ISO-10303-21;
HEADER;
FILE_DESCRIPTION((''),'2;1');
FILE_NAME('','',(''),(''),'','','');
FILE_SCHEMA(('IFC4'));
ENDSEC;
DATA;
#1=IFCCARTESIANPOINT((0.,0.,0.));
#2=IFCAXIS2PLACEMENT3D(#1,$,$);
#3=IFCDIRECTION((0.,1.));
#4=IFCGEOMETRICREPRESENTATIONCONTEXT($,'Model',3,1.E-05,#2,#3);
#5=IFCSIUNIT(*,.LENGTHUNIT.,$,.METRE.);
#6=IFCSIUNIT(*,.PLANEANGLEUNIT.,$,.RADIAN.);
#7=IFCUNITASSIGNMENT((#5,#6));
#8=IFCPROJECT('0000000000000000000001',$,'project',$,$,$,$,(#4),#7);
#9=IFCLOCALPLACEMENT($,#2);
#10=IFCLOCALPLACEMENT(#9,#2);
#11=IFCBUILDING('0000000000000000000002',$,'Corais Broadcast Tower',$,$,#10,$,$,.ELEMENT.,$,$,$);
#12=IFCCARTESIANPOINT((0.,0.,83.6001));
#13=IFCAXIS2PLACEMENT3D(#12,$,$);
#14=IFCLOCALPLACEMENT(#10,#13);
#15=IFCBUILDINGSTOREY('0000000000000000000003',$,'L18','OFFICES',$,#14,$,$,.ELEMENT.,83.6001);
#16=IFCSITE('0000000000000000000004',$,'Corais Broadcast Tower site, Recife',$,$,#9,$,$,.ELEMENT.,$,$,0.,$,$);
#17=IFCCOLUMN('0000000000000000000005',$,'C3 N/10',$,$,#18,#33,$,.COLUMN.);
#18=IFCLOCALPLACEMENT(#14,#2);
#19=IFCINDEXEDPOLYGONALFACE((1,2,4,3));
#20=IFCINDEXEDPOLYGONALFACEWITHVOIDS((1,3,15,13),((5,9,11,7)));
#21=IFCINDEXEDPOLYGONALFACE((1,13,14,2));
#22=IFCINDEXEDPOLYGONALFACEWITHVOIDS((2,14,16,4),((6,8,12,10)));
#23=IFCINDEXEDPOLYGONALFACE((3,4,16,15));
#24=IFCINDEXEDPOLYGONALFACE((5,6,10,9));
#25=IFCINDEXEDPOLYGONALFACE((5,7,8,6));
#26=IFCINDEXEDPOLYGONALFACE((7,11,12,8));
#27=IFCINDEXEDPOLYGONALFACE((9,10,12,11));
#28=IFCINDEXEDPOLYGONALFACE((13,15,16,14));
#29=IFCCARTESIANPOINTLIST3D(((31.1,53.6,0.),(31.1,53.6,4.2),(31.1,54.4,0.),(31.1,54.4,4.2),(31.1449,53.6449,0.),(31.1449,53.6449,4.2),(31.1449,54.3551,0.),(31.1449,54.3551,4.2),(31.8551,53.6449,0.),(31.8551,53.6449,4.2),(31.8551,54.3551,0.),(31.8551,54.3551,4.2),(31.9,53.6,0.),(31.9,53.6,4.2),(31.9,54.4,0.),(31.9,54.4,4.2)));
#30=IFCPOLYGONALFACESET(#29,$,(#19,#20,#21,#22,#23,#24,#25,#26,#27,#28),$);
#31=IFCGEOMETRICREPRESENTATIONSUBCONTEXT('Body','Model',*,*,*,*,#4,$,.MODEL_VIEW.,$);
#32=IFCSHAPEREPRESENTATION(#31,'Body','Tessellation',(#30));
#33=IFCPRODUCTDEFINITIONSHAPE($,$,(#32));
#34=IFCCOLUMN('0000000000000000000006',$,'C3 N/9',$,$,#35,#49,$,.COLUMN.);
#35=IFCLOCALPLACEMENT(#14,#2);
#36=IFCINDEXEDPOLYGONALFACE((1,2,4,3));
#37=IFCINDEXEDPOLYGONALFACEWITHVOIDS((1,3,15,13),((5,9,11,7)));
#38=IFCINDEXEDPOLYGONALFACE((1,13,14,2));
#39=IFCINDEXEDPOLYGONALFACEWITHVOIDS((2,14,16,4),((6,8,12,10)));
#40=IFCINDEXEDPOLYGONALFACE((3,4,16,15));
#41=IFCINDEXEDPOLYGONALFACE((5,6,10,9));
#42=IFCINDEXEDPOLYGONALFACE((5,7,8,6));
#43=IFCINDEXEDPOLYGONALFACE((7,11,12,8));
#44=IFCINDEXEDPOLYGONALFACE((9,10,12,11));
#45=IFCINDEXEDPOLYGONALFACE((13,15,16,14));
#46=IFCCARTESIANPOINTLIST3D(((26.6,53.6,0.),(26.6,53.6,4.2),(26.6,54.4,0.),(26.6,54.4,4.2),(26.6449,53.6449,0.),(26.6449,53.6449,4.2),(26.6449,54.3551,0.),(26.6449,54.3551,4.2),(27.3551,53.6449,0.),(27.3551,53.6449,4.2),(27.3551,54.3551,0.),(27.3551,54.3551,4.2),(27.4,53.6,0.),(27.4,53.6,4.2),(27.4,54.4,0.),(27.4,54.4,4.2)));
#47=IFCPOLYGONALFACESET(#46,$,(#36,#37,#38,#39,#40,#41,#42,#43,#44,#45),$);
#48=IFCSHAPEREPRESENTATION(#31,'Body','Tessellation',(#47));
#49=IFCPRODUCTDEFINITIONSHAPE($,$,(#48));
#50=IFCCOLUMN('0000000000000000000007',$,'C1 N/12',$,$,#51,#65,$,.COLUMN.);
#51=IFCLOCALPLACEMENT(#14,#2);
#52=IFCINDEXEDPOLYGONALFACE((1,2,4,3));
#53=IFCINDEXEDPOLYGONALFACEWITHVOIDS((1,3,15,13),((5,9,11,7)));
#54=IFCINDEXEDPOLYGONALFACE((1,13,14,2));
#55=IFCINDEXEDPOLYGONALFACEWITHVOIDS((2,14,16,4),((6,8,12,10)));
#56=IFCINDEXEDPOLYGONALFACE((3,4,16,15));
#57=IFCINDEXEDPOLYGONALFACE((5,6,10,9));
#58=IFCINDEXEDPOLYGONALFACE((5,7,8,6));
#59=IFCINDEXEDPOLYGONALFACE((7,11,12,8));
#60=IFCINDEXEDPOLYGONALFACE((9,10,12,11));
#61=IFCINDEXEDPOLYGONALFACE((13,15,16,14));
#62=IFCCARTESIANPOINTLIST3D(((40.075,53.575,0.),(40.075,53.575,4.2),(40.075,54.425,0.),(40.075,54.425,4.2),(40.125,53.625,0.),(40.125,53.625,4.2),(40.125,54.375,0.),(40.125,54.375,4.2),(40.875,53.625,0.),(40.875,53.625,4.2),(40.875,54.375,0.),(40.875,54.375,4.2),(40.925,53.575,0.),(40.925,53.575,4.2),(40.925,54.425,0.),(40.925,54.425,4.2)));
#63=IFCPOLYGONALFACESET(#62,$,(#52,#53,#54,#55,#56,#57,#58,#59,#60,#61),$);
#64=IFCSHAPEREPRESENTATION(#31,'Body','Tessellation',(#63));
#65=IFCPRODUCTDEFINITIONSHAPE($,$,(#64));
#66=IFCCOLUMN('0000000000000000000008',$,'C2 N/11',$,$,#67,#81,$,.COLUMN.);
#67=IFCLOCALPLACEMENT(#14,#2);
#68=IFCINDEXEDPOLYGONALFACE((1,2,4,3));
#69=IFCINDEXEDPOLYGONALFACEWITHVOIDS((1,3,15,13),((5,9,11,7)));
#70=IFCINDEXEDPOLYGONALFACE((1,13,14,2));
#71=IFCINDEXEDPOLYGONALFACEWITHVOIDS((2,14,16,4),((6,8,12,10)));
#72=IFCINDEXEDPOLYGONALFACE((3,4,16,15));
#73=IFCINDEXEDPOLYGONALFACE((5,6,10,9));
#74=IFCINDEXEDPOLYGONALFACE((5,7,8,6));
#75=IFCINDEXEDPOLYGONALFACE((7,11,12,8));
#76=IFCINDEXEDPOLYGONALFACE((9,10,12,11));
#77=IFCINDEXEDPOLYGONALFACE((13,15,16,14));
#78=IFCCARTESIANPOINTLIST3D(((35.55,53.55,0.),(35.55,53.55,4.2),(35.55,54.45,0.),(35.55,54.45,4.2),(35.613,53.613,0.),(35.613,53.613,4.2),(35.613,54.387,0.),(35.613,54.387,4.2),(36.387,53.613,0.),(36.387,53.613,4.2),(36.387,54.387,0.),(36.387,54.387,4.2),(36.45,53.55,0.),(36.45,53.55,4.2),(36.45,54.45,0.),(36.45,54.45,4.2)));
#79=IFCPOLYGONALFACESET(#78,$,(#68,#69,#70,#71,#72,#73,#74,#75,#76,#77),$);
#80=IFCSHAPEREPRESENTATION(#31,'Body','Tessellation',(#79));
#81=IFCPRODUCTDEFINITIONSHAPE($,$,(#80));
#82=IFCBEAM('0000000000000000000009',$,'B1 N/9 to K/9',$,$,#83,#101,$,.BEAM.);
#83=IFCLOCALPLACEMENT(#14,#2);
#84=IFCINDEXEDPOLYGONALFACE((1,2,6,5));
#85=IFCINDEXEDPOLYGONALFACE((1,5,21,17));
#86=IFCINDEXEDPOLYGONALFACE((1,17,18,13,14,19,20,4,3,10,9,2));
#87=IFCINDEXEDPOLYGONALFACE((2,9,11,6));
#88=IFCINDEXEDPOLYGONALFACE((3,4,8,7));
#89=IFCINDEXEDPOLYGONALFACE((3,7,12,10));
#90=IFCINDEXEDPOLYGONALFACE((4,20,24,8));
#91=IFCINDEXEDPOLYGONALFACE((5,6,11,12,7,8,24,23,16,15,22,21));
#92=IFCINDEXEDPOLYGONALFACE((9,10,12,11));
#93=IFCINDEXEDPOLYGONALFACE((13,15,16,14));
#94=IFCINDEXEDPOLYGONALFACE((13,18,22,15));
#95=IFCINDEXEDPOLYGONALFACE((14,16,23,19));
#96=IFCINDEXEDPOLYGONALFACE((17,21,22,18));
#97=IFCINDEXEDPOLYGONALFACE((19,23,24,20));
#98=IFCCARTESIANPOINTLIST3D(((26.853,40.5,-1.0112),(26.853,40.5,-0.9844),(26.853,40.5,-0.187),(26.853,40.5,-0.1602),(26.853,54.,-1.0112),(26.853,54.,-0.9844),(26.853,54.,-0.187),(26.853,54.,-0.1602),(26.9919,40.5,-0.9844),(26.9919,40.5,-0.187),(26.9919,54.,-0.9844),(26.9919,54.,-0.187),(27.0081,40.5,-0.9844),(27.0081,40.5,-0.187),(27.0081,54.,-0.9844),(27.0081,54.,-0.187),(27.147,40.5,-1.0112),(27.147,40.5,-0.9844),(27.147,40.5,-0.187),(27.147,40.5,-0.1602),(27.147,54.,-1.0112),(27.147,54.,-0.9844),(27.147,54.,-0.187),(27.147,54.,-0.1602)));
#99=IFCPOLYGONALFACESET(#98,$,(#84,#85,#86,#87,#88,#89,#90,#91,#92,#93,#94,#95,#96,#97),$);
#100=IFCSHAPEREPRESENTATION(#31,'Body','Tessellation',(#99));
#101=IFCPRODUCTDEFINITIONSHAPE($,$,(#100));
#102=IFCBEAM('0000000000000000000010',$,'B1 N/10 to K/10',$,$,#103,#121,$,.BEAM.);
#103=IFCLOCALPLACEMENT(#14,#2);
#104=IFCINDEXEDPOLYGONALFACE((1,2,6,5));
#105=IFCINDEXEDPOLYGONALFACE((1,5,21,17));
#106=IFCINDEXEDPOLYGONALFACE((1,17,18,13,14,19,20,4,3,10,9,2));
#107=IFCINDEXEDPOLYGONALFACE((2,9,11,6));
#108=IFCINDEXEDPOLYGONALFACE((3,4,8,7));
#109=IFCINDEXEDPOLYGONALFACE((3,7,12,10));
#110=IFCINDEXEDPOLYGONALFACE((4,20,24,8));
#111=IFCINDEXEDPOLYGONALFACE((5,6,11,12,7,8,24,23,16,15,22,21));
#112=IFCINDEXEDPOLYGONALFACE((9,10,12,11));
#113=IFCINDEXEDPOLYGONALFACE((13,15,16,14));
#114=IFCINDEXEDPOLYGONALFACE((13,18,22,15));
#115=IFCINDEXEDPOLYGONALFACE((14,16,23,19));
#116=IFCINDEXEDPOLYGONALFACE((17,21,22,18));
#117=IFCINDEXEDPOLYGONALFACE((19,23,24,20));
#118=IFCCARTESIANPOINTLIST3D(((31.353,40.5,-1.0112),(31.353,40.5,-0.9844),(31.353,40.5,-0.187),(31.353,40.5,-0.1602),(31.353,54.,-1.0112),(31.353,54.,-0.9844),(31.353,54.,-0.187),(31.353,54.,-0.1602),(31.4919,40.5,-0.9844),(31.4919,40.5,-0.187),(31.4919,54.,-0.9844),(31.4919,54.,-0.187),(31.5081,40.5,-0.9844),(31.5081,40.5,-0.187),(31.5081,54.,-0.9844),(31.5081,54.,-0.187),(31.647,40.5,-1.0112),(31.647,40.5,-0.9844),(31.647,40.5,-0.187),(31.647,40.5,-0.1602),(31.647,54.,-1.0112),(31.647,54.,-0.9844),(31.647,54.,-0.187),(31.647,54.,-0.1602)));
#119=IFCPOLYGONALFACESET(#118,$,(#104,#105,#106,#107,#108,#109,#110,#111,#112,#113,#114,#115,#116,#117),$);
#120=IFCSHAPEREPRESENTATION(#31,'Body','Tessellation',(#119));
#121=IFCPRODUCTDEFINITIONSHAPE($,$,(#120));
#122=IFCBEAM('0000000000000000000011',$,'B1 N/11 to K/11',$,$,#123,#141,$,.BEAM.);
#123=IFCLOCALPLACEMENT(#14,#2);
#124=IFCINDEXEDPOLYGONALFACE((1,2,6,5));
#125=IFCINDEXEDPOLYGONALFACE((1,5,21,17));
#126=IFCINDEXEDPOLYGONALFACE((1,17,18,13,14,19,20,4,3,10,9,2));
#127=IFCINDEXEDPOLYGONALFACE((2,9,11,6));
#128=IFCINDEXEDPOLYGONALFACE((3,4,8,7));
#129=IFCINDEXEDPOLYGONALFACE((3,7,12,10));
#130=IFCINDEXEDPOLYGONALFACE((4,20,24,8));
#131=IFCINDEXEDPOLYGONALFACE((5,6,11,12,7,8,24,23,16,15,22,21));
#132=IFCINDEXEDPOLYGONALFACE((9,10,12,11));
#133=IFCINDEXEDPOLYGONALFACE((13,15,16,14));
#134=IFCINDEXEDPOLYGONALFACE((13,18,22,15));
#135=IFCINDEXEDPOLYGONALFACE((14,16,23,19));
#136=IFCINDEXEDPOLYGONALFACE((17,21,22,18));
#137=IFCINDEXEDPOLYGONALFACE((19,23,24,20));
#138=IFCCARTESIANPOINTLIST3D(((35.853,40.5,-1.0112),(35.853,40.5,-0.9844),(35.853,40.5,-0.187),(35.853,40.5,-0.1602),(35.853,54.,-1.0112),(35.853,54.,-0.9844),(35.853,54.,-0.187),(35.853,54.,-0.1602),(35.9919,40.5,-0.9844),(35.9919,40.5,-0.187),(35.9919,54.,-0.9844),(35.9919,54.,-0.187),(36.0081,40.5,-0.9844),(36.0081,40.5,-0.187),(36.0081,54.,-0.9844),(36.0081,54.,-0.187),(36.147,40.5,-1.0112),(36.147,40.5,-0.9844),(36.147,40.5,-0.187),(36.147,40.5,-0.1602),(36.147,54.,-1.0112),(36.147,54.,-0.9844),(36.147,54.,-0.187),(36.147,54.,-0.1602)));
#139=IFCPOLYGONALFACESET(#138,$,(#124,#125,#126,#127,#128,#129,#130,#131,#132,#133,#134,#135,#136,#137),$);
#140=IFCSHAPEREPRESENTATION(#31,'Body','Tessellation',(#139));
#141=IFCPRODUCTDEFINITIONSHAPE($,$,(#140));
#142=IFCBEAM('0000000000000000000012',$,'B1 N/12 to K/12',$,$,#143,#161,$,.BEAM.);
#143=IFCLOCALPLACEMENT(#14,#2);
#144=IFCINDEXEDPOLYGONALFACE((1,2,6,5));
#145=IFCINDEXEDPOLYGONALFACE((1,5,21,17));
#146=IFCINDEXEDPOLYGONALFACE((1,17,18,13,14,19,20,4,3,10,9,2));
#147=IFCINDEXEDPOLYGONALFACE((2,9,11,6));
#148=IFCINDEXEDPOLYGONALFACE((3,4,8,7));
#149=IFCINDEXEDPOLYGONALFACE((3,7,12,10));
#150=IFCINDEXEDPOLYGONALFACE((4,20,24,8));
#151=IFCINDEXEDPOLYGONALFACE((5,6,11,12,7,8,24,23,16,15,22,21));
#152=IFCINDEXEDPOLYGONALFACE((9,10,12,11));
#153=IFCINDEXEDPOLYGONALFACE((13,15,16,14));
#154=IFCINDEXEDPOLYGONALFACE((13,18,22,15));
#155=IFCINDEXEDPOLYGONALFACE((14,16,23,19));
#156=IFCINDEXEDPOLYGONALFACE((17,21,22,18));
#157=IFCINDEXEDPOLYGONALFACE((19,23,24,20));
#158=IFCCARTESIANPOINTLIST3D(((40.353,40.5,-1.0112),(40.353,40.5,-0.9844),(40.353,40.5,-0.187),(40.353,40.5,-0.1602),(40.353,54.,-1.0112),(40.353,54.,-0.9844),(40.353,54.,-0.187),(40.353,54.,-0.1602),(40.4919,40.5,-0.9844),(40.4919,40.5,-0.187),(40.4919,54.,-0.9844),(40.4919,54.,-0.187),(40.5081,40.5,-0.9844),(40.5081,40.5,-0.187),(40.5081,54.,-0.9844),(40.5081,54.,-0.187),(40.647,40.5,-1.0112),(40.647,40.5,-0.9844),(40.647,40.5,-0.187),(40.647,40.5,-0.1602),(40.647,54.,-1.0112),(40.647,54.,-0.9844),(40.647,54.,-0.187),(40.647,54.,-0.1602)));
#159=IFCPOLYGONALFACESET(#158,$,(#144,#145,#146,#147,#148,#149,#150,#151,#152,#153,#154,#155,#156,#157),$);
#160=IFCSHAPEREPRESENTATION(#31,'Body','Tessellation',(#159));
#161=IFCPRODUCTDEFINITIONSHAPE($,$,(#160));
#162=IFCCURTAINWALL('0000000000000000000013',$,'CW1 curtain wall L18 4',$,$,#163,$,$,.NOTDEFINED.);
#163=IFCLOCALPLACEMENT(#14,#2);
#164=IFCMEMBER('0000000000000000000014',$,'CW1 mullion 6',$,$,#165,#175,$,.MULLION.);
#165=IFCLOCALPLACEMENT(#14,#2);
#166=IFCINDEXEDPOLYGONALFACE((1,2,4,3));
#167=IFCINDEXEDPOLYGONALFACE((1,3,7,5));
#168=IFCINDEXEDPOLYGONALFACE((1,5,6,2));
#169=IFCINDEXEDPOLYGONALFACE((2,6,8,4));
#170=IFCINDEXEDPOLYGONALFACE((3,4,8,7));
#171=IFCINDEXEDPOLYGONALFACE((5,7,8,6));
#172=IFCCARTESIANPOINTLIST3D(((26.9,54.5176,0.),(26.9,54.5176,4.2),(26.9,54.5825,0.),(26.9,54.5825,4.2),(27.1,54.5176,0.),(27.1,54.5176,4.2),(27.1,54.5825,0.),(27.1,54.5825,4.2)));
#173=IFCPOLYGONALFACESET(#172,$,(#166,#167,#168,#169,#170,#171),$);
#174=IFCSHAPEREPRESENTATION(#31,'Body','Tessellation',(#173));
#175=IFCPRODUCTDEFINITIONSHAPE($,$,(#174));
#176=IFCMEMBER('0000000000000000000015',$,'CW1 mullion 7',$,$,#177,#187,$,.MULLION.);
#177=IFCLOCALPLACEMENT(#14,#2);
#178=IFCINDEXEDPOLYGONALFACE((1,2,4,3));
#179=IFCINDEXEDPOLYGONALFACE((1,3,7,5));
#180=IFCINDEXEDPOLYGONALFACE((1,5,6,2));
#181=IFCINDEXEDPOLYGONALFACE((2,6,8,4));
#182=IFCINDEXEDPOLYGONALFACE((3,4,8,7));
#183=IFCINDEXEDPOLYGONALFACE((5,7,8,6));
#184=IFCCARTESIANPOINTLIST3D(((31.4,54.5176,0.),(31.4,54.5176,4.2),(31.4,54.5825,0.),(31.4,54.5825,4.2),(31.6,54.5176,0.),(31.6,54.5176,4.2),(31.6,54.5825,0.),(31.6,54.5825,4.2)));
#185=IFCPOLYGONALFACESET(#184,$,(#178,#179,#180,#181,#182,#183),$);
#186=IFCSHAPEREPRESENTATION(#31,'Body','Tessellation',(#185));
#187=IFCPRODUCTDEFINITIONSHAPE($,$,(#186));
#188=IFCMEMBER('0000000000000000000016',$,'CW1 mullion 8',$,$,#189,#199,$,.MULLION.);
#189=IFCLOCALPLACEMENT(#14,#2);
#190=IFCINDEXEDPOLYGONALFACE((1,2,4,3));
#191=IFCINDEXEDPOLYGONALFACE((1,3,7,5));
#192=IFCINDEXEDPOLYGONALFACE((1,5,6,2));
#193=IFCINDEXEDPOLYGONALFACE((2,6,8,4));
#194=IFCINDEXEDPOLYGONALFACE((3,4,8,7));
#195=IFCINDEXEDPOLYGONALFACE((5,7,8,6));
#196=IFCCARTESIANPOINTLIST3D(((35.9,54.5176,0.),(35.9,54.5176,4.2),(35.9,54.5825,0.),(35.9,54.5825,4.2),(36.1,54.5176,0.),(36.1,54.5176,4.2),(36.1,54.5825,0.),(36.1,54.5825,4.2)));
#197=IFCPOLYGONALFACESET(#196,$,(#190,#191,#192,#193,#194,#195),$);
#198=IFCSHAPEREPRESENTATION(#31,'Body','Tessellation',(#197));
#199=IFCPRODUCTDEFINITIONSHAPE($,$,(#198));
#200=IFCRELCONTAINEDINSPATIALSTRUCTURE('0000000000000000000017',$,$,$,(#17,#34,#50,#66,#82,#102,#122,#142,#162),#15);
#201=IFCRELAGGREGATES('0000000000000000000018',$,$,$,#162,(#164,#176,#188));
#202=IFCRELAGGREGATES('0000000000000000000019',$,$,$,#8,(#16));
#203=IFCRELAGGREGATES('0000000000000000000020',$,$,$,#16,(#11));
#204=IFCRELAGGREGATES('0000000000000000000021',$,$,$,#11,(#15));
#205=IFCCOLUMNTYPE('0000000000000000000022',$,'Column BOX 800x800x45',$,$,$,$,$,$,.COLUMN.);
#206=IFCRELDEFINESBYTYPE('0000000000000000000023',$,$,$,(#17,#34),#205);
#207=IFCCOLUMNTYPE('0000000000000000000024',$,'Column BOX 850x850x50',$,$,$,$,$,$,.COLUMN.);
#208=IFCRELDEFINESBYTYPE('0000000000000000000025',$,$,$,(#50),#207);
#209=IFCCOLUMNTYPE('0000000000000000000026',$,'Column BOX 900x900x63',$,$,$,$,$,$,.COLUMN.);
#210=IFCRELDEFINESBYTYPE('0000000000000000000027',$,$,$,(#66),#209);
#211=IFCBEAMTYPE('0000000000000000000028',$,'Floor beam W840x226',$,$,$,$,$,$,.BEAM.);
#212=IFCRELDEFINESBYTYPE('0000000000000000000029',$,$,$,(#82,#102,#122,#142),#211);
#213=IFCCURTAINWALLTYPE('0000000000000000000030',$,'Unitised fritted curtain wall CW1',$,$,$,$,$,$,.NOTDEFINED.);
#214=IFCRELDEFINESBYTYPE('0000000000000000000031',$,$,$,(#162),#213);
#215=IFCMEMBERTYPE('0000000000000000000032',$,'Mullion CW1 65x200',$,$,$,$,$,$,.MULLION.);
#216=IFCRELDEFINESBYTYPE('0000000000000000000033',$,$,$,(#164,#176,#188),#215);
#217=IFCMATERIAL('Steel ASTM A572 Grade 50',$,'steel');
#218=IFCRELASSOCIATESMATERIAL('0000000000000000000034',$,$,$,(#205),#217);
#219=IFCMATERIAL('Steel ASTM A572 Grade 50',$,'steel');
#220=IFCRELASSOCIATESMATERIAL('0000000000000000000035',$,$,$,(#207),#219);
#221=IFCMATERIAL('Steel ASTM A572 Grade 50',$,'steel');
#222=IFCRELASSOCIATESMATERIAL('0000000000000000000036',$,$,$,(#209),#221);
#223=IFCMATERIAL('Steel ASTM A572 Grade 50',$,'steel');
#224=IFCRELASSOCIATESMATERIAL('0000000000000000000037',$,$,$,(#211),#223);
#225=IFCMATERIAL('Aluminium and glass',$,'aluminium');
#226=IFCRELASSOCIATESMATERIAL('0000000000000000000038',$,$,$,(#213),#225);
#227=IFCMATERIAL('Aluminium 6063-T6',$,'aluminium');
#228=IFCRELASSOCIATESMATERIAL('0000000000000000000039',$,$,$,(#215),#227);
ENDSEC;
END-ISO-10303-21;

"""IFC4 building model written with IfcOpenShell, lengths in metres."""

from ifc_helpers import new_model, si_unit, direction, frame, origin, origin_2d, place, context, subcontext, project, spatial, rectangle, hollow_rectangle, i_section, extrude, material, material_profile, profile_set, type_object, element, aggregate, save


model = new_model("IFC4")

# Units and contexts
model_context = context("Model", 3, precision=1e-05, world=origin(), true_north=direction((0.0, 1.0)))
body_context = subcontext(model_context, "Body", "Model", "MODEL_VIEW")
ifc_project = project(units=[si_unit("LENGTHUNIT", "METRE"), si_unit("PLANEANGLEUNIT", "RADIAN")], contexts=[model_context])

# Site, building, storey
site_placement = place(None, origin())
site = spatial("IfcSite", under=ifc_project, at=site_placement, Name="Corais Broadcast Tower site, Recife", CompositionType="ELEMENT", RefElevation=0.0)
building_placement = place(site_placement, origin())
building = spatial("IfcBuilding", under=site, at=building_placement, Name="Corais Broadcast Tower", CompositionType="ELEMENT")
storey_placement = place(building_placement, frame((0.0, 0.0, 83.6001)))
storey = spatial("IfcBuildingStorey", under=building, at=storey_placement, Name="L18", Description="OFFICES", CompositionType="ELEMENT", Elevation=83.6001)

# Columns
ifc_material_1 = material(Name="Steel ASTM A572 Grade 50", Category="steel")
ifc_material_profile_1 = material_profile(ifc_material_1, hollow_rectangle(XDim=0.8, YDim=0.8, WallThickness=0.0449, at=origin_2d()), Name="BOX 800x800x45")
ifc_profile_set_1 = profile_set([ifc_material_profile_1], Name="Steel ASTM A572 Grade 50")
column_type_1 = type_object("IfcColumnType", Name="Column BOX 800x800x45", PredefinedType="COLUMN", material=ifc_profile_set_1)
for number, where, z_axis, x_axis, name in (
    (1, (31.5, 54.0, 0.0), (0.0, 0.0, 1.0), (1.0, 0.0, 0.0), "C3 N/10"),
    (2, (27.0, 54.0, 0.0), (0.0, 0.0, 1.0), (1.0, 0.0, 0.0), "C3 N/9"),
):
    element("IfcColumn", number, at=place(storey_placement, frame(where, z_axis=z_axis, x_axis=x_axis)), inside=storey, type_object=column_type_1, Name=name, PredefinedType="COLUMN", context=body_context, shape_type="SweptSolid", body=[
        extrude(hollow_rectangle(XDim=0.8, YDim=0.8, WallThickness=0.0449, at=origin_2d()), origin(), (0.0, 0.0, 1.0), 4.2),
    ])
ifc_material_2 = material(Name="Steel ASTM A572 Grade 50", Category="steel")
ifc_material_profile_2 = material_profile(ifc_material_2, hollow_rectangle(XDim=0.8501, YDim=0.8501, WallThickness=0.05, at=origin_2d()), Name="BOX 850x850x50")
ifc_profile_set_2 = profile_set([ifc_material_profile_2], Name="Steel ASTM A572 Grade 50")
column_type_2 = type_object("IfcColumnType", Name="Column BOX 850x850x50", PredefinedType="COLUMN", material=ifc_profile_set_2)
column_1_placement = place(storey_placement, frame((40.5, 54.0, 0.0), z_axis=(0.0, 0.0, 1.0), x_axis=(1.0, 0.0, 0.0)))
element("IfcColumn", 3, at=column_1_placement, inside=storey, type_object=column_type_2, Name="C1 N/12", PredefinedType="COLUMN", context=body_context, shape_type="SweptSolid", body=[
    extrude(hollow_rectangle(XDim=0.8501, YDim=0.8501, WallThickness=0.05, at=origin_2d()), origin(), (0.0, 0.0, 1.0), 4.2),
])
ifc_material_3 = material(Name="Steel ASTM A572 Grade 50", Category="steel")
ifc_material_profile_3 = material_profile(ifc_material_3, hollow_rectangle(XDim=0.8999, YDim=0.8999, WallThickness=0.063, at=origin_2d()), Name="BOX 900x900x63")
ifc_profile_set_3 = profile_set([ifc_material_profile_3], Name="Steel ASTM A572 Grade 50")
column_type_3 = type_object("IfcColumnType", Name="Column BOX 900x900x63", PredefinedType="COLUMN", material=ifc_profile_set_3)
column_2_placement = place(storey_placement, frame((36.0, 54.0, 0.0), z_axis=(0.0, 0.0, 1.0), x_axis=(1.0, 0.0, 0.0)))
element("IfcColumn", 4, at=column_2_placement, inside=storey, type_object=column_type_3, Name="C2 N/11", PredefinedType="COLUMN", context=body_context, shape_type="SweptSolid", body=[
    extrude(hollow_rectangle(XDim=0.8999, YDim=0.8999, WallThickness=0.063, at=origin_2d()), origin(), (0.0, 0.0, 1.0), 4.2),
])

# Beams
ifc_material_4 = material(Name="Steel ASTM A572 Grade 50", Category="steel")
ifc_material_profile_4 = material_profile(ifc_material_4, i_section(OverallWidth=0.2939, OverallDepth=0.8511, WebThickness=0.0161, FlangeThickness=0.0269, at=origin_2d()), Name="W840x226")
ifc_profile_set_4 = profile_set([ifc_material_profile_4], Name="Steel ASTM A572 Grade 50")
beam_type_1 = type_object("IfcBeamType", Name="Floor beam W840x226", PredefinedType="BEAM", material=ifc_profile_set_4)
for number, where, z_axis, x_axis, name in (
    (5, (27.0, 54.0, -0.5857), (0.0, -1.0, 0.0), (1.0, 0.0, 0.0), "B1 N/9 to K/9"),
    (6, (31.5, 54.0, -0.5857), (0.0, -1.0, 0.0), (1.0, 0.0, 0.0), "B1 N/10 to K/10"),
    (7, (36.0, 54.0, -0.5857), (0.0, -1.0, 0.0), (1.0, 0.0, 0.0), "B1 N/11 to K/11"),
    (8, (40.5, 54.0, -0.5857), (0.0, -1.0, 0.0), (1.0, 0.0, 0.0), "B1 N/12 to K/12"),
):
    element("IfcBeam", number, at=place(storey_placement, frame(where, z_axis=z_axis, x_axis=x_axis)), inside=storey, type_object=beam_type_1, Name=name, PredefinedType="BEAM", context=body_context, shape_type="SweptSolid", body=[
        extrude(i_section(OverallWidth=0.2939, OverallDepth=0.8511, WebThickness=0.0161, FlangeThickness=0.0269, at=origin_2d()), origin(), (0.0, 0.0, 1.0), 13.5),
    ])

# Curtain wall, members
ifc_material_5 = material(Name="Aluminium and glass", Category="aluminium")
curtain_wall_type = type_object("IfcCurtainWallType", Name="Unitised fritted curtain wall CW1", PredefinedType="NOTDEFINED", material=ifc_material_5)
curtain_wall_placement = place(storey_placement, origin())
curtain_wall = element("IfcCurtainWall", 9, at=curtain_wall_placement, inside=storey, type_object=curtain_wall_type, Name="CW1 curtain wall L18 4", PredefinedType="NOTDEFINED")
ifc_material_6 = material(Name="Aluminium 6063-T6", Category="aluminium")
ifc_material_profile_5 = material_profile(ifc_material_6, rectangle(XDim=0.0649, YDim=0.2, at=origin_2d()), Name="Mullion CW1 65x200")
ifc_profile_set_5 = profile_set([ifc_material_profile_5], Name="Aluminium 6063-T6")
member_type_1 = type_object("IfcMemberType", Name="Mullion CW1 65x200", PredefinedType="MULLION", material=ifc_profile_set_5)
member_1_placement = place(storey_placement, frame((27.0, 54.55, 0.0), z_axis=(0.0, 0.0, 1.0), x_axis=(0.0, 1.0, 0.0)))
member_1 = element("IfcMember", 10, at=member_1_placement, type_object=member_type_1, Name="CW1 mullion 6", PredefinedType="MULLION", context=body_context, shape_type="SweptSolid", body=[
    extrude(rectangle(XDim=0.0649, YDim=0.2, at=origin_2d()), origin(), (0.0, 0.0, 1.0), 4.2),
])
member_2_placement = place(storey_placement, frame((31.5, 54.55, 0.0), z_axis=(0.0, 0.0, 1.0), x_axis=(0.0, 1.0, 0.0)))
member_2 = element("IfcMember", 11, at=member_2_placement, type_object=member_type_1, Name="CW1 mullion 7", PredefinedType="MULLION", context=body_context, shape_type="SweptSolid", body=[
    extrude(rectangle(XDim=0.0649, YDim=0.2, at=origin_2d()), origin(), (0.0, 0.0, 1.0), 4.2),
])
member_3_placement = place(storey_placement, frame((36.0, 54.55, 0.0), z_axis=(0.0, 0.0, 1.0), x_axis=(0.0, 1.0, 0.0)))
member_3 = element("IfcMember", 12, at=member_3_placement, type_object=member_type_1, Name="CW1 mullion 8", PredefinedType="MULLION", context=body_context, shape_type="SweptSolid", body=[
    extrude(rectangle(XDim=0.0649, YDim=0.2, at=origin_2d()), origin(), (0.0, 0.0, 1.0), 4.2),
])

aggregate(curtain_wall, [member_1, member_2, member_3])

save(model, "model.ifc")
